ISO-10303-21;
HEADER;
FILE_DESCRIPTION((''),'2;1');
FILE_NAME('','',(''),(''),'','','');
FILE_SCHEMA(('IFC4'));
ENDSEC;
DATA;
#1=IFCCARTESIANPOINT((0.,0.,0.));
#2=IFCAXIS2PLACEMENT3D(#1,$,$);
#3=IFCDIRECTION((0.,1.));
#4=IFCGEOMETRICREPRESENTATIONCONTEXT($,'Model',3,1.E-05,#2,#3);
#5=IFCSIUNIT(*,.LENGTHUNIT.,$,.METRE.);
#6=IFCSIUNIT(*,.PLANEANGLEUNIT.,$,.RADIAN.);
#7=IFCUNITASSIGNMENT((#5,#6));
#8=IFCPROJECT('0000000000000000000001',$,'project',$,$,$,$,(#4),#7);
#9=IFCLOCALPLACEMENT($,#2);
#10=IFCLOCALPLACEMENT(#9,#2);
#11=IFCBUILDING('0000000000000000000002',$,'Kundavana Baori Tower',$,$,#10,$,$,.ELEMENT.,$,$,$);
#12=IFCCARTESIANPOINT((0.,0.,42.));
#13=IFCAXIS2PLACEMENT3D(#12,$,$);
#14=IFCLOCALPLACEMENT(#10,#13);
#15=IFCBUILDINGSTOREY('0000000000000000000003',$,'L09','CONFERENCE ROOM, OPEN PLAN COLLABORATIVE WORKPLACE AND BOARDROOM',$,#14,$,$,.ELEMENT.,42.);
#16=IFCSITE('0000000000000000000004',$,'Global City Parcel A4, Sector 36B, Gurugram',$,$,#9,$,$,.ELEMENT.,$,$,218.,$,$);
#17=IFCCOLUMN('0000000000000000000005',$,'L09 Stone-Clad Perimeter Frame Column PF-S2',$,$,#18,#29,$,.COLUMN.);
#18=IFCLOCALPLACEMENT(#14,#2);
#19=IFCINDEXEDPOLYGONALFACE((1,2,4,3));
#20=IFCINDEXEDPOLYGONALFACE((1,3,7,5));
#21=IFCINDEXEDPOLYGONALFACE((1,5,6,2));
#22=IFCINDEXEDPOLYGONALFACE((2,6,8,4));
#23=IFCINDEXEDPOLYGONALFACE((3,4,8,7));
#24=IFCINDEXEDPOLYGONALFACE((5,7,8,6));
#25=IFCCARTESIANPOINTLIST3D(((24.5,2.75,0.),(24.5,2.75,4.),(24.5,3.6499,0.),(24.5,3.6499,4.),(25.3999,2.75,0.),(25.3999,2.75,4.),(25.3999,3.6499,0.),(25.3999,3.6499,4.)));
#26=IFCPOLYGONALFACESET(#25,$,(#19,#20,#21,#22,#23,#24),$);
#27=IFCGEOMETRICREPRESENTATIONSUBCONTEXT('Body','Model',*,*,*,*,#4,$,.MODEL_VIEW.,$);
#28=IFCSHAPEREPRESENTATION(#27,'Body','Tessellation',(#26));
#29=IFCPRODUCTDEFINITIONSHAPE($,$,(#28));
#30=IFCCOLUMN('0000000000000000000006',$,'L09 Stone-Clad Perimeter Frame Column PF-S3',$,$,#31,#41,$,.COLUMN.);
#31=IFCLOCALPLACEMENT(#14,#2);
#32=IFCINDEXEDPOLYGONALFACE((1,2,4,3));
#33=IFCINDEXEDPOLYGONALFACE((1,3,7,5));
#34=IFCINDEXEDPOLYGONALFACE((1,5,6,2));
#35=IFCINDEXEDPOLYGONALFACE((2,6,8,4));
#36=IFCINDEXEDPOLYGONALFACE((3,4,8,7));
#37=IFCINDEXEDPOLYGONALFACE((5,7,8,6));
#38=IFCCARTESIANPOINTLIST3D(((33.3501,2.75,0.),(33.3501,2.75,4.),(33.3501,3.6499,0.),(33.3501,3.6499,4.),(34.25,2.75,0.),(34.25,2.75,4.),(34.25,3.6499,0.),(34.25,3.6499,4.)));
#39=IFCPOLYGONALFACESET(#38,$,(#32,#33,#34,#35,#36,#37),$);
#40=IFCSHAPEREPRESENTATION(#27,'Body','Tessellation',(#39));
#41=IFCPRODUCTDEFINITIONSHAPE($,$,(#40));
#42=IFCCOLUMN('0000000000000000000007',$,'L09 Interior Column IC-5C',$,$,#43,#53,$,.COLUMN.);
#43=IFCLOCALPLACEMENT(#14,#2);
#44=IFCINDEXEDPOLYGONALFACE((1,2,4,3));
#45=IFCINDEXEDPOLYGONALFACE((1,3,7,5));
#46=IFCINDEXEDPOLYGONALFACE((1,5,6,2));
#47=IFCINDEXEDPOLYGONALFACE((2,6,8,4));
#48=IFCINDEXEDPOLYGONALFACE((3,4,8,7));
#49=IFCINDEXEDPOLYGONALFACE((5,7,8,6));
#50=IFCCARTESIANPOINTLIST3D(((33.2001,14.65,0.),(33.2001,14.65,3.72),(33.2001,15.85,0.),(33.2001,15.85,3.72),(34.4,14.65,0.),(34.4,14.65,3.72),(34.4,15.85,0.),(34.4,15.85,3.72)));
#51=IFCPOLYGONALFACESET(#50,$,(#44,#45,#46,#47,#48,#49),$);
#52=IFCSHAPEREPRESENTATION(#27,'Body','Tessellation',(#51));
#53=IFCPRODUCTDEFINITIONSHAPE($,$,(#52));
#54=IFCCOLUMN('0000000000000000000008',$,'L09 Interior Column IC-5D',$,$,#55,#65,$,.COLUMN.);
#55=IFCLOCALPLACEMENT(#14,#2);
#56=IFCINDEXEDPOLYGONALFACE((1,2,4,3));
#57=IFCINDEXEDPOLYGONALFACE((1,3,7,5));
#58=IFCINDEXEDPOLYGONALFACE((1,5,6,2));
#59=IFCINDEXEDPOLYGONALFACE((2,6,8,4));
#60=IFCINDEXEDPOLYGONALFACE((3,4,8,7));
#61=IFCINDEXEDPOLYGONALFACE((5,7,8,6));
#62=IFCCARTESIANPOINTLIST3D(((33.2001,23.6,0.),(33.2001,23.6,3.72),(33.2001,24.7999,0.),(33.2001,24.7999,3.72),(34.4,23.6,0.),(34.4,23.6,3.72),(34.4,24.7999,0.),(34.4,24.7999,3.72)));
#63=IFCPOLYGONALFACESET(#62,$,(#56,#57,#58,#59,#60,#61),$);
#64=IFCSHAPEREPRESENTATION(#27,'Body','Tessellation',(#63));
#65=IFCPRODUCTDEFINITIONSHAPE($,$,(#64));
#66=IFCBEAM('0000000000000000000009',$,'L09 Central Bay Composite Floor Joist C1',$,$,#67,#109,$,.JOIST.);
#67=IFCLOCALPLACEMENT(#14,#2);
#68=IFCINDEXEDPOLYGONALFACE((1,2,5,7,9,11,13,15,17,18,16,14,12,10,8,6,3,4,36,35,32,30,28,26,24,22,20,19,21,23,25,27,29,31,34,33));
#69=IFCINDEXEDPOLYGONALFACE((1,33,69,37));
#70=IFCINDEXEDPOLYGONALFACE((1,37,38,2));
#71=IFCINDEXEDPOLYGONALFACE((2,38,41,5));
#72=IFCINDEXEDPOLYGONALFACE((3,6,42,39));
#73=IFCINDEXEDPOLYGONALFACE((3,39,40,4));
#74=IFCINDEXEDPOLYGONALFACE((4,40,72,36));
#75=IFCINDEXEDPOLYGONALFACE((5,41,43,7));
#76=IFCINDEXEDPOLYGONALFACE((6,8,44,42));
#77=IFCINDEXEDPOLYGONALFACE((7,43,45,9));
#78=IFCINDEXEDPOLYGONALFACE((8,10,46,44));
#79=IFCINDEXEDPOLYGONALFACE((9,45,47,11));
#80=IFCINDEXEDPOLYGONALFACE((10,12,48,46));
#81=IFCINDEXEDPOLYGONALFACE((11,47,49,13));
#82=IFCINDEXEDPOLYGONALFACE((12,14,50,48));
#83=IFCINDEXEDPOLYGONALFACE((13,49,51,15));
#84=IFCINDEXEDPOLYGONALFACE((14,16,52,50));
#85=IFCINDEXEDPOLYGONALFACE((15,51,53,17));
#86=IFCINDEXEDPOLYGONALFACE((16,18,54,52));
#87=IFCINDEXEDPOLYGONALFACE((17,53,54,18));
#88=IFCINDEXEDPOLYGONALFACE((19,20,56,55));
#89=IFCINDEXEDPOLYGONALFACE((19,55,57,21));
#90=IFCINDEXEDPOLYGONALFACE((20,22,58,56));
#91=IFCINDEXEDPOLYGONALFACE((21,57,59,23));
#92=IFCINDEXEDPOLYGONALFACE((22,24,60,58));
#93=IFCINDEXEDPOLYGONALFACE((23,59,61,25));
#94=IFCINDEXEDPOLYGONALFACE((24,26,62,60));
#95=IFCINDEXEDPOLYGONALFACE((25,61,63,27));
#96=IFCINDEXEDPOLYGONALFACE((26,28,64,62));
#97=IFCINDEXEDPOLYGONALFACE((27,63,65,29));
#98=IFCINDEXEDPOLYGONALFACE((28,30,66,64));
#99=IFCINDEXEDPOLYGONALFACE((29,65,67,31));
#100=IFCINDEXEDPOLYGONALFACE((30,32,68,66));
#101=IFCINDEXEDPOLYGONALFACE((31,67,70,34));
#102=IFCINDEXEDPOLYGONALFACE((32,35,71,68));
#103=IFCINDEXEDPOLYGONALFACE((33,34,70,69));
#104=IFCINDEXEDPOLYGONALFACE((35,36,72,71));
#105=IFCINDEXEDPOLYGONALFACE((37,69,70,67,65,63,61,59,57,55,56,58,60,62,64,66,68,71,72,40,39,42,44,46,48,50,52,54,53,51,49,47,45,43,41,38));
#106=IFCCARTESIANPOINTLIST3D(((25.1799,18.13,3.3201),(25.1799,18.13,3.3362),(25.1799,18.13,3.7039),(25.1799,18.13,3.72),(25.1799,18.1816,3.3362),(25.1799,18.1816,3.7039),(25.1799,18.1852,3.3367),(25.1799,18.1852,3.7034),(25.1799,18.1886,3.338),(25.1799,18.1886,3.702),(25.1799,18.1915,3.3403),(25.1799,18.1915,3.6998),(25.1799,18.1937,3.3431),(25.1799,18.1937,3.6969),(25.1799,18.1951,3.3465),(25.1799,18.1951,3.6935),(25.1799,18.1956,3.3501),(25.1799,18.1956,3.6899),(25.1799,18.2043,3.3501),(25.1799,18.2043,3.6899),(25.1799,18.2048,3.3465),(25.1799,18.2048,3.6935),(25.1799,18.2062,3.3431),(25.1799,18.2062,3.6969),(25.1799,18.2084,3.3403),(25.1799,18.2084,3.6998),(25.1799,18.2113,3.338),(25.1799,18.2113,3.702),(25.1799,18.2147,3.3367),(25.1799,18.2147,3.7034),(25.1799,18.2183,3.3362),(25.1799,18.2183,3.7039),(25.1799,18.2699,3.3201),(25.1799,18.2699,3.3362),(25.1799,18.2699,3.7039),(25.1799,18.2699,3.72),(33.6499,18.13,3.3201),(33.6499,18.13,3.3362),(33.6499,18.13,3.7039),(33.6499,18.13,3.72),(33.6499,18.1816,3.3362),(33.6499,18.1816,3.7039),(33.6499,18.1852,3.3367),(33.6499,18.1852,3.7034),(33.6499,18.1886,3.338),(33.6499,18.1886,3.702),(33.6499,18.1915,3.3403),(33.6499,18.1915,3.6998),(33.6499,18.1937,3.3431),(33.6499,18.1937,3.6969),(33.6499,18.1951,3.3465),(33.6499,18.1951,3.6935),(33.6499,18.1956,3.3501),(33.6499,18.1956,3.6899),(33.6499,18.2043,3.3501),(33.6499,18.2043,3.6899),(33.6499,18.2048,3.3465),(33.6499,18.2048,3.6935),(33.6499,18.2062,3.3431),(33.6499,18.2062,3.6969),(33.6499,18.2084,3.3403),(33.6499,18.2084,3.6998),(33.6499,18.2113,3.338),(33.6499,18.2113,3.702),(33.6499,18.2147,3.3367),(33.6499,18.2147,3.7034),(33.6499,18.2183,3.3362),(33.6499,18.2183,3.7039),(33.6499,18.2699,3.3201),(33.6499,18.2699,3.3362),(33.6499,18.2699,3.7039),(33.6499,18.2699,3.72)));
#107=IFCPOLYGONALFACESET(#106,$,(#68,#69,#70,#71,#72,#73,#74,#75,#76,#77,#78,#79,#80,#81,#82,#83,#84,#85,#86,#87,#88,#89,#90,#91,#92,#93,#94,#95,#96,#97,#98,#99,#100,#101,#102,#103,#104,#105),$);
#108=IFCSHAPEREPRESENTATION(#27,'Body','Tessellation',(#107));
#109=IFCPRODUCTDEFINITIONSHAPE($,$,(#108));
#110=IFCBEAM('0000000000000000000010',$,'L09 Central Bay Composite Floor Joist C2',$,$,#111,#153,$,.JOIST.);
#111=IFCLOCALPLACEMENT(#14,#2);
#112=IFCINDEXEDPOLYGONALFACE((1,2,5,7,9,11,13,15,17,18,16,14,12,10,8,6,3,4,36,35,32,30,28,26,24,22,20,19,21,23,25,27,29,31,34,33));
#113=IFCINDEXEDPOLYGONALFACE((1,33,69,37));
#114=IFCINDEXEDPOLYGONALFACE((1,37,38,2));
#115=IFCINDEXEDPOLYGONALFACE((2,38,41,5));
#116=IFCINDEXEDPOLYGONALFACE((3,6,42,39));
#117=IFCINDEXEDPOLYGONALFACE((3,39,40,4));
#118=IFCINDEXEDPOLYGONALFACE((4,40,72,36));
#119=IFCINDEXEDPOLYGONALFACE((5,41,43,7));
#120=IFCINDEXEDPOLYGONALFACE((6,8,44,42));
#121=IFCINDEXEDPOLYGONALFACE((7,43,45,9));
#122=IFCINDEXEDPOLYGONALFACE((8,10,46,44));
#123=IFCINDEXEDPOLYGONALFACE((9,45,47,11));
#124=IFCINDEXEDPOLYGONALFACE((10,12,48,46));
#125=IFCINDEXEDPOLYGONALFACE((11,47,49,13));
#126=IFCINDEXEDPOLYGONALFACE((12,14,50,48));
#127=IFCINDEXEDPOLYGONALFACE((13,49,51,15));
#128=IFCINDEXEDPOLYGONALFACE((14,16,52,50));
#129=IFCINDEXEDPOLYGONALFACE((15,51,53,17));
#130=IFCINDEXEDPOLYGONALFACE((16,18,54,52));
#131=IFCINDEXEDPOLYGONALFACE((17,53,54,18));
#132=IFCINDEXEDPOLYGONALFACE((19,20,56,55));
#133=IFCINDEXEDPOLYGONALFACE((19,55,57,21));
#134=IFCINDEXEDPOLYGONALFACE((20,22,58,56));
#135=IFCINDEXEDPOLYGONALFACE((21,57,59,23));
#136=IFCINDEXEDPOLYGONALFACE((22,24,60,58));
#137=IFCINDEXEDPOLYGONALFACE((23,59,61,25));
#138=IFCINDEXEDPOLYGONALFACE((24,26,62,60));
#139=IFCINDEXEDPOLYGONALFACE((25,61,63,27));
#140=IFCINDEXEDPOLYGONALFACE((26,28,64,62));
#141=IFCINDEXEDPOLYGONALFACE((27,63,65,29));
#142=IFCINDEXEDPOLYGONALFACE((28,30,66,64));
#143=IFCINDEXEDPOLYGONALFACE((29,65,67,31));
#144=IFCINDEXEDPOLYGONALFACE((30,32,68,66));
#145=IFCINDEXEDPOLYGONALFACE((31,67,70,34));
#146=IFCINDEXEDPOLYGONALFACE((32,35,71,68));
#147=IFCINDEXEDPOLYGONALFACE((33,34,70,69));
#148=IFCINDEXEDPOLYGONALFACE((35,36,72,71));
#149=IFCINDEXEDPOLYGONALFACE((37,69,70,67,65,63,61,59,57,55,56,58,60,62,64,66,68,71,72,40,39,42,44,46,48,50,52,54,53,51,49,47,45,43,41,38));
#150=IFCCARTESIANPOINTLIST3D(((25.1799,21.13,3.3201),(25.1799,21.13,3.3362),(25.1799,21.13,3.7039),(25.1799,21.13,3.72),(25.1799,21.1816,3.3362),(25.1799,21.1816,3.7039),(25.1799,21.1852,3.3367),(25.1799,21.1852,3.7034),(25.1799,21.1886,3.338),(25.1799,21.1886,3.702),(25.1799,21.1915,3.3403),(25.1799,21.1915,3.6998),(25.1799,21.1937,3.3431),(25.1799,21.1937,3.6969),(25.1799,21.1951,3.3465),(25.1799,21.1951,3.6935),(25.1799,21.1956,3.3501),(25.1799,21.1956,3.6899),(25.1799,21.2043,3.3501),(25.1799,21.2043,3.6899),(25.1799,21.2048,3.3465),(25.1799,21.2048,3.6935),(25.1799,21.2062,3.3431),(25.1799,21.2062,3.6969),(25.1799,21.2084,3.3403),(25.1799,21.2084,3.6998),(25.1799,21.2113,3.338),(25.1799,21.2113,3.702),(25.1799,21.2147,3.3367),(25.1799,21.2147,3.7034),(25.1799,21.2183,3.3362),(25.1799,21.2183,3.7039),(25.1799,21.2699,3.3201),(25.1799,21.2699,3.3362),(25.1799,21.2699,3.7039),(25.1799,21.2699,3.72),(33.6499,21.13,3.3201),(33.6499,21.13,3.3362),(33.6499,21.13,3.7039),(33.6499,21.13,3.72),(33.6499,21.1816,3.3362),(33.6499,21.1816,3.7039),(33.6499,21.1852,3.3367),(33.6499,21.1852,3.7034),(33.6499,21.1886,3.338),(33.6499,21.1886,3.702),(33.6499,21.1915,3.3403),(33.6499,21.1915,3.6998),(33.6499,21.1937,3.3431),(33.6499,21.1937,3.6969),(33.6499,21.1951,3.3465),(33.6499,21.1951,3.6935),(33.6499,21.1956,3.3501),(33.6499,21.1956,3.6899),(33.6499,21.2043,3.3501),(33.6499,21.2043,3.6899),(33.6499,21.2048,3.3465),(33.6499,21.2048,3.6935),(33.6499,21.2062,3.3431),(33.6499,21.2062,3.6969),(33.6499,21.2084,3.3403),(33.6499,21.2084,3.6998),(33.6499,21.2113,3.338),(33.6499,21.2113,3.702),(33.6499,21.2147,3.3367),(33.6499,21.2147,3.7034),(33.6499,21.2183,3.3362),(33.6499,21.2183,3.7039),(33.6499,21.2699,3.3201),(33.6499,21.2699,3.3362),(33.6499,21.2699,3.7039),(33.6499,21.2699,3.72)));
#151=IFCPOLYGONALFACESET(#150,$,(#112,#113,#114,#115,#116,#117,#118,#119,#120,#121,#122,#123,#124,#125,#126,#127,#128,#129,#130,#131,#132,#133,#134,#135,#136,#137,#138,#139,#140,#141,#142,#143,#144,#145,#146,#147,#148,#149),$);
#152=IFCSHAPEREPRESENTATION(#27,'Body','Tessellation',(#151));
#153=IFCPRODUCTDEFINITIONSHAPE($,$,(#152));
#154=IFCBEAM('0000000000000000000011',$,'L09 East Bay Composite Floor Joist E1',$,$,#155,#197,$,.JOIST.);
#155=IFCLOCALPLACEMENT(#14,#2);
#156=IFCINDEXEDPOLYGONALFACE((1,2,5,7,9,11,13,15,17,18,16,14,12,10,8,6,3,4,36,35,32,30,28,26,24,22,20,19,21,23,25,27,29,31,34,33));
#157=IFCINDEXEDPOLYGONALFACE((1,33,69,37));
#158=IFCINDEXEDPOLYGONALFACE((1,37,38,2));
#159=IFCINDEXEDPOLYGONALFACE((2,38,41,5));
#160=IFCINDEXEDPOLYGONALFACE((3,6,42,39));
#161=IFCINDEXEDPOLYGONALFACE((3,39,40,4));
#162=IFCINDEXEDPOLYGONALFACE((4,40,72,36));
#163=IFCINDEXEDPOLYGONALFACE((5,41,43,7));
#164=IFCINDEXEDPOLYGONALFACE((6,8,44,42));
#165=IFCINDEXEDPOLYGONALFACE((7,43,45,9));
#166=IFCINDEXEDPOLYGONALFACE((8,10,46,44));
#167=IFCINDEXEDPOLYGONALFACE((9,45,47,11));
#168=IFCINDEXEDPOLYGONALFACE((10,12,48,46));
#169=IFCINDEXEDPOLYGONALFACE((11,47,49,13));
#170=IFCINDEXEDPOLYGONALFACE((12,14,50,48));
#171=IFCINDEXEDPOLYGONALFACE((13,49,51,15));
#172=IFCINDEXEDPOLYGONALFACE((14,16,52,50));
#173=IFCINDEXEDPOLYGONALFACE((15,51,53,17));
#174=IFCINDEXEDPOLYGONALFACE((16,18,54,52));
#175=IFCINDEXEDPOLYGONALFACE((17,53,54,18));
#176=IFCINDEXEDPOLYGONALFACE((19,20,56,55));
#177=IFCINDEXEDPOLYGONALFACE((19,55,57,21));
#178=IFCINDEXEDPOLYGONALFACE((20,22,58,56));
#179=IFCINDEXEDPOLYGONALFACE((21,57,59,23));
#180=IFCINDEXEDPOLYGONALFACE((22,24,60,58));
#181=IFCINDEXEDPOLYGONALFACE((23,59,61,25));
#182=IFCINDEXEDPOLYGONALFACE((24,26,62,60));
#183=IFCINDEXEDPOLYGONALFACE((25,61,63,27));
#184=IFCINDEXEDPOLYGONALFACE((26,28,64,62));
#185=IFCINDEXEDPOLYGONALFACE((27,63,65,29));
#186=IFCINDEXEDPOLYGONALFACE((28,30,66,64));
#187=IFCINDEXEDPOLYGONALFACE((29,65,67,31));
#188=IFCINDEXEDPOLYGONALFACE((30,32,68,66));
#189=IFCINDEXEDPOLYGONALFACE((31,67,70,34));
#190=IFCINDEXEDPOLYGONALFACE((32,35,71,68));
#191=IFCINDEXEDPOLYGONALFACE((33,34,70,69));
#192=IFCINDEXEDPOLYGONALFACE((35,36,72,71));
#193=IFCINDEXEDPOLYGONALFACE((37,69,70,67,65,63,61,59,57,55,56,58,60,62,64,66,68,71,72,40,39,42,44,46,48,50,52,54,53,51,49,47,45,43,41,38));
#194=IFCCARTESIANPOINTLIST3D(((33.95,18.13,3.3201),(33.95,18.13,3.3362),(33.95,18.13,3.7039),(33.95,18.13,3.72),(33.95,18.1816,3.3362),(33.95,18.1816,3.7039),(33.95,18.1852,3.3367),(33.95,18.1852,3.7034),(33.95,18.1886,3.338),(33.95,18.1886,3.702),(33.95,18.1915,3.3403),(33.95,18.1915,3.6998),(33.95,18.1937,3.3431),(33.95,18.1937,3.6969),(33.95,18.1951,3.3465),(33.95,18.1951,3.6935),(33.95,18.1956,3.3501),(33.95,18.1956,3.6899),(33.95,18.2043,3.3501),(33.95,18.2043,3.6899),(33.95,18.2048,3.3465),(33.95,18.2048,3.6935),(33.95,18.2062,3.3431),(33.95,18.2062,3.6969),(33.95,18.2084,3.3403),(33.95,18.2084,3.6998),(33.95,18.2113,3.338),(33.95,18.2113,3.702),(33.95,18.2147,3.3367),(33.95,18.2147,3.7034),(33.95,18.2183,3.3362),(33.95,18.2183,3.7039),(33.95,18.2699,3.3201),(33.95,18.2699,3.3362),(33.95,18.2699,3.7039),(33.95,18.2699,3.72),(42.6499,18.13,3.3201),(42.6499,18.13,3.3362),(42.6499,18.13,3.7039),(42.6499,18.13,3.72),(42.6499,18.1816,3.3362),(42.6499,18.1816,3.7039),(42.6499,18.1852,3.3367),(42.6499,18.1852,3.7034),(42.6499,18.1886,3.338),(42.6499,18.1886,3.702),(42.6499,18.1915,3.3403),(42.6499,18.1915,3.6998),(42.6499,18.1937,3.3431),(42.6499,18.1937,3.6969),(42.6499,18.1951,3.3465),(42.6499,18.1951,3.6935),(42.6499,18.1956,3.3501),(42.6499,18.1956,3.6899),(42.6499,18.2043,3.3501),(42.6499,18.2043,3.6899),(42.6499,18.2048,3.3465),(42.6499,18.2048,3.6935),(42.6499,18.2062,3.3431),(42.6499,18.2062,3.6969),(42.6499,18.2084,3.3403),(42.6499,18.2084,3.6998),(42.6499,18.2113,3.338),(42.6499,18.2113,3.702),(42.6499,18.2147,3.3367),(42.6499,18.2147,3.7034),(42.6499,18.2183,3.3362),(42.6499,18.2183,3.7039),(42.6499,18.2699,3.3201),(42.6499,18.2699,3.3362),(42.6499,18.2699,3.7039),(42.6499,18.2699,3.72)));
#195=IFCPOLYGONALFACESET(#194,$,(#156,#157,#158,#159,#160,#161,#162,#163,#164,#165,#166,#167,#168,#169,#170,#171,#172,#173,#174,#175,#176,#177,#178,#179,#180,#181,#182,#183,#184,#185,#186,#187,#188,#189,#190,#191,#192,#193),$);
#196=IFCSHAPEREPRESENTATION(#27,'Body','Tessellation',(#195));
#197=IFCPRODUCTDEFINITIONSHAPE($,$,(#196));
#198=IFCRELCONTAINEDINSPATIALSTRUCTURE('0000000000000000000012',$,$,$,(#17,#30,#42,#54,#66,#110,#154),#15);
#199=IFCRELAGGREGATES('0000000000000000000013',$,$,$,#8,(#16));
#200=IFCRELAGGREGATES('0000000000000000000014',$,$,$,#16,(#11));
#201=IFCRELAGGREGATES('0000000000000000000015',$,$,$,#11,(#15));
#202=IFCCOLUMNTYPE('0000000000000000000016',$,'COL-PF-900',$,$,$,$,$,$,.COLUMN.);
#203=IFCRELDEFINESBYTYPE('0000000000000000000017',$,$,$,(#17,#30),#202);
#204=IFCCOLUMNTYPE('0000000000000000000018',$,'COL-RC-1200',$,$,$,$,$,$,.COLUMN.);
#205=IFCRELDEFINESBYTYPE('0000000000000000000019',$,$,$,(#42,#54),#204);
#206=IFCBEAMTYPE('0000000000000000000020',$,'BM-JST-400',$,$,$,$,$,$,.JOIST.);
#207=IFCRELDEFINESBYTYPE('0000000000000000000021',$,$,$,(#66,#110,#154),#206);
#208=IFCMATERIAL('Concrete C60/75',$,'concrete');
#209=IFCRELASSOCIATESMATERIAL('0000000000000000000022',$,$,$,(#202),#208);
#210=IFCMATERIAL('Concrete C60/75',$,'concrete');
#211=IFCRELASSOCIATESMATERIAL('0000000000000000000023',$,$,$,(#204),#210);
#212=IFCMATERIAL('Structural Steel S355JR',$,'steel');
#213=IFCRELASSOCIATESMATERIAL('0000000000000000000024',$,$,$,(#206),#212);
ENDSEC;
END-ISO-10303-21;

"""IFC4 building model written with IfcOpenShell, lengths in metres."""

from ifc_helpers import new_model, si_unit, direction, frame, origin, origin_2d, place, context, subcontext, project, spatial, rectangle, i_section, extrude, material, material_profile, profile_set, type_object, element, save


model = new_model("IFC4")

# Units and contexts
model_context = context("Model", 3, precision=1e-05, world=origin(), true_north=direction((0.0, 1.0)))
body_context = subcontext(model_context, "Body", "Model", "MODEL_VIEW")
ifc_project = project(units=[si_unit("LENGTHUNIT", "METRE"), si_unit("PLANEANGLEUNIT", "RADIAN")], contexts=[model_context])

# Site, building, storey
site_placement = place(None, origin())
site = spatial("IfcSite", under=ifc_project, at=site_placement, Name="Global City Parcel A4, Sector 36B, Gurugram", CompositionType="ELEMENT", RefElevation=218.0)
building_placement = place(site_placement, origin())
building = spatial("IfcBuilding", under=site, at=building_placement, Name="Kundavana Baori Tower", CompositionType="ELEMENT")
storey_placement = place(building_placement, frame((0.0, 0.0, 42.0)))
storey = spatial("IfcBuildingStorey", under=building, at=storey_placement, Name="L09", Description="CONFERENCE ROOM, OPEN PLAN COLLABORATIVE WORKPLACE AND BOARDROOM", CompositionType="ELEMENT", Elevation=42.0)

# Columns
ifc_material_1 = material(Name="Concrete C60/75", Category="concrete")
ifc_material_profile_1 = material_profile(ifc_material_1, rectangle(XDim=0.8999, YDim=0.8999, at=origin_2d()), Name="RC PF 900x900")
ifc_profile_set_1 = profile_set([ifc_material_profile_1], Name="Concrete C60/75")
column_type_1 = type_object("IfcColumnType", Name="COL-PF-900", PredefinedType="COLUMN", material=ifc_profile_set_1)
for number, where, z_axis, x_axis, name in (
    (1, (24.95, 3.2, 0.0), (0.0, 0.0, 1.0), (1.0, 0.0, 0.0), "L09 Stone-Clad Perimeter Frame Column PF-S2"),
    (2, (33.8, 3.2, 0.0), (0.0, 0.0, 1.0), (1.0, 0.0, 0.0), "L09 Stone-Clad Perimeter Frame Column PF-S3"),
):
    element("IfcColumn", number, at=place(storey_placement, frame(where, z_axis=z_axis, x_axis=x_axis)), inside=storey, type_object=column_type_1, Name=name, PredefinedType="COLUMN", context=body_context, shape_type="SweptSolid", body=[
        extrude(rectangle(XDim=0.8999, YDim=0.8999, at=origin_2d()), origin(), (0.0, 0.0, 1.0), 4.0),
    ])
ifc_material_2 = material(Name="Concrete C60/75", Category="concrete")
ifc_material_profile_2 = material_profile(ifc_material_2, rectangle(XDim=1.2, YDim=1.2, at=origin_2d()), Name="RC 1200x1200")
ifc_profile_set_2 = profile_set([ifc_material_profile_2], Name="Concrete C60/75")
column_type_2 = type_object("IfcColumnType", Name="COL-RC-1200", PredefinedType="COLUMN", material=ifc_profile_set_2)
for number, where, z_axis, x_axis, name in (
    (3, (33.8, 15.25, 0.0), (0.0, 0.0, 1.0), (1.0, 0.0, 0.0), "L09 Interior Column IC-5C"),
    (4, (33.8, 24.2, 0.0), (0.0, 0.0, 1.0), (1.0, 0.0, 0.0), "L09 Interior Column IC-5D"),
):
    element("IfcColumn", number, at=place(storey_placement, frame(where, z_axis=z_axis, x_axis=x_axis)), inside=storey, type_object=column_type_2, Name=name, PredefinedType="COLUMN", context=body_context, shape_type="SweptSolid", body=[
        extrude(rectangle(XDim=1.2, YDim=1.2, at=origin_2d()), origin(), (0.0, 0.0, 1.0), 3.72),
    ])

# Beams
ifc_material_3 = material(Name="Structural Steel S355JR", Category="steel")
ifc_material_profile_3 = material_profile(ifc_material_3, i_section(OverallWidth=0.1399, OverallDepth=0.3999, WebThickness=0.0088, FlangeThickness=0.0161, FilletRadius=0.0139, at=origin_2d()), Name="ISMB 400")
ifc_profile_set_3 = profile_set([ifc_material_profile_3], Name="Structural Steel S355JR")
beam_type_1 = type_object("IfcBeamType", Name="BM-JST-400", PredefinedType="JOIST", material=ifc_profile_set_3)
for number, where, z_axis, x_axis, name in (
    (5, (25.1799, 18.2, 3.52), (1.0, 0.0, 0.0), (0.0, 1.0, 0.0), "L09 Central Bay Composite Floor Joist C1"),
    (6, (25.1799, 21.2, 3.52), (1.0, 0.0, 0.0), (0.0, 1.0, 0.0), "L09 Central Bay Composite Floor Joist C2"),
):
    element("IfcBeam", number, at=place(storey_placement, frame(where, z_axis=z_axis, x_axis=x_axis)), inside=storey, type_object=beam_type_1, Name=name, PredefinedType="JOIST", context=body_context, shape_type="SweptSolid", body=[
        extrude(i_section(OverallWidth=0.1399, OverallDepth=0.3999, WebThickness=0.0088, FlangeThickness=0.0161, FilletRadius=0.0139, at=origin_2d()), origin(), (0.0, 0.0, 1.0), 8.47),
    ])
for number, where, z_axis, x_axis, name in (
    (7, (33.95, 18.2, 3.52), (1.0, 0.0, 0.0), (0.0, 1.0, 0.0), "L09 East Bay Composite Floor Joist E1"),
):
    element("IfcBeam", number, at=place(storey_placement, frame(where, z_axis=z_axis, x_axis=x_axis)), inside=storey, type_object=beam_type_1, Name=name, PredefinedType="JOIST", context=body_context, shape_type="SweptSolid", body=[
        extrude(i_section(OverallWidth=0.1399, OverallDepth=0.3999, WebThickness=0.0088, FlangeThickness=0.0161, FilletRadius=0.0139, at=origin_2d()), origin(), (0.0, 0.0, 1.0), 8.7),
    ])

save(model, "model.ifc")
